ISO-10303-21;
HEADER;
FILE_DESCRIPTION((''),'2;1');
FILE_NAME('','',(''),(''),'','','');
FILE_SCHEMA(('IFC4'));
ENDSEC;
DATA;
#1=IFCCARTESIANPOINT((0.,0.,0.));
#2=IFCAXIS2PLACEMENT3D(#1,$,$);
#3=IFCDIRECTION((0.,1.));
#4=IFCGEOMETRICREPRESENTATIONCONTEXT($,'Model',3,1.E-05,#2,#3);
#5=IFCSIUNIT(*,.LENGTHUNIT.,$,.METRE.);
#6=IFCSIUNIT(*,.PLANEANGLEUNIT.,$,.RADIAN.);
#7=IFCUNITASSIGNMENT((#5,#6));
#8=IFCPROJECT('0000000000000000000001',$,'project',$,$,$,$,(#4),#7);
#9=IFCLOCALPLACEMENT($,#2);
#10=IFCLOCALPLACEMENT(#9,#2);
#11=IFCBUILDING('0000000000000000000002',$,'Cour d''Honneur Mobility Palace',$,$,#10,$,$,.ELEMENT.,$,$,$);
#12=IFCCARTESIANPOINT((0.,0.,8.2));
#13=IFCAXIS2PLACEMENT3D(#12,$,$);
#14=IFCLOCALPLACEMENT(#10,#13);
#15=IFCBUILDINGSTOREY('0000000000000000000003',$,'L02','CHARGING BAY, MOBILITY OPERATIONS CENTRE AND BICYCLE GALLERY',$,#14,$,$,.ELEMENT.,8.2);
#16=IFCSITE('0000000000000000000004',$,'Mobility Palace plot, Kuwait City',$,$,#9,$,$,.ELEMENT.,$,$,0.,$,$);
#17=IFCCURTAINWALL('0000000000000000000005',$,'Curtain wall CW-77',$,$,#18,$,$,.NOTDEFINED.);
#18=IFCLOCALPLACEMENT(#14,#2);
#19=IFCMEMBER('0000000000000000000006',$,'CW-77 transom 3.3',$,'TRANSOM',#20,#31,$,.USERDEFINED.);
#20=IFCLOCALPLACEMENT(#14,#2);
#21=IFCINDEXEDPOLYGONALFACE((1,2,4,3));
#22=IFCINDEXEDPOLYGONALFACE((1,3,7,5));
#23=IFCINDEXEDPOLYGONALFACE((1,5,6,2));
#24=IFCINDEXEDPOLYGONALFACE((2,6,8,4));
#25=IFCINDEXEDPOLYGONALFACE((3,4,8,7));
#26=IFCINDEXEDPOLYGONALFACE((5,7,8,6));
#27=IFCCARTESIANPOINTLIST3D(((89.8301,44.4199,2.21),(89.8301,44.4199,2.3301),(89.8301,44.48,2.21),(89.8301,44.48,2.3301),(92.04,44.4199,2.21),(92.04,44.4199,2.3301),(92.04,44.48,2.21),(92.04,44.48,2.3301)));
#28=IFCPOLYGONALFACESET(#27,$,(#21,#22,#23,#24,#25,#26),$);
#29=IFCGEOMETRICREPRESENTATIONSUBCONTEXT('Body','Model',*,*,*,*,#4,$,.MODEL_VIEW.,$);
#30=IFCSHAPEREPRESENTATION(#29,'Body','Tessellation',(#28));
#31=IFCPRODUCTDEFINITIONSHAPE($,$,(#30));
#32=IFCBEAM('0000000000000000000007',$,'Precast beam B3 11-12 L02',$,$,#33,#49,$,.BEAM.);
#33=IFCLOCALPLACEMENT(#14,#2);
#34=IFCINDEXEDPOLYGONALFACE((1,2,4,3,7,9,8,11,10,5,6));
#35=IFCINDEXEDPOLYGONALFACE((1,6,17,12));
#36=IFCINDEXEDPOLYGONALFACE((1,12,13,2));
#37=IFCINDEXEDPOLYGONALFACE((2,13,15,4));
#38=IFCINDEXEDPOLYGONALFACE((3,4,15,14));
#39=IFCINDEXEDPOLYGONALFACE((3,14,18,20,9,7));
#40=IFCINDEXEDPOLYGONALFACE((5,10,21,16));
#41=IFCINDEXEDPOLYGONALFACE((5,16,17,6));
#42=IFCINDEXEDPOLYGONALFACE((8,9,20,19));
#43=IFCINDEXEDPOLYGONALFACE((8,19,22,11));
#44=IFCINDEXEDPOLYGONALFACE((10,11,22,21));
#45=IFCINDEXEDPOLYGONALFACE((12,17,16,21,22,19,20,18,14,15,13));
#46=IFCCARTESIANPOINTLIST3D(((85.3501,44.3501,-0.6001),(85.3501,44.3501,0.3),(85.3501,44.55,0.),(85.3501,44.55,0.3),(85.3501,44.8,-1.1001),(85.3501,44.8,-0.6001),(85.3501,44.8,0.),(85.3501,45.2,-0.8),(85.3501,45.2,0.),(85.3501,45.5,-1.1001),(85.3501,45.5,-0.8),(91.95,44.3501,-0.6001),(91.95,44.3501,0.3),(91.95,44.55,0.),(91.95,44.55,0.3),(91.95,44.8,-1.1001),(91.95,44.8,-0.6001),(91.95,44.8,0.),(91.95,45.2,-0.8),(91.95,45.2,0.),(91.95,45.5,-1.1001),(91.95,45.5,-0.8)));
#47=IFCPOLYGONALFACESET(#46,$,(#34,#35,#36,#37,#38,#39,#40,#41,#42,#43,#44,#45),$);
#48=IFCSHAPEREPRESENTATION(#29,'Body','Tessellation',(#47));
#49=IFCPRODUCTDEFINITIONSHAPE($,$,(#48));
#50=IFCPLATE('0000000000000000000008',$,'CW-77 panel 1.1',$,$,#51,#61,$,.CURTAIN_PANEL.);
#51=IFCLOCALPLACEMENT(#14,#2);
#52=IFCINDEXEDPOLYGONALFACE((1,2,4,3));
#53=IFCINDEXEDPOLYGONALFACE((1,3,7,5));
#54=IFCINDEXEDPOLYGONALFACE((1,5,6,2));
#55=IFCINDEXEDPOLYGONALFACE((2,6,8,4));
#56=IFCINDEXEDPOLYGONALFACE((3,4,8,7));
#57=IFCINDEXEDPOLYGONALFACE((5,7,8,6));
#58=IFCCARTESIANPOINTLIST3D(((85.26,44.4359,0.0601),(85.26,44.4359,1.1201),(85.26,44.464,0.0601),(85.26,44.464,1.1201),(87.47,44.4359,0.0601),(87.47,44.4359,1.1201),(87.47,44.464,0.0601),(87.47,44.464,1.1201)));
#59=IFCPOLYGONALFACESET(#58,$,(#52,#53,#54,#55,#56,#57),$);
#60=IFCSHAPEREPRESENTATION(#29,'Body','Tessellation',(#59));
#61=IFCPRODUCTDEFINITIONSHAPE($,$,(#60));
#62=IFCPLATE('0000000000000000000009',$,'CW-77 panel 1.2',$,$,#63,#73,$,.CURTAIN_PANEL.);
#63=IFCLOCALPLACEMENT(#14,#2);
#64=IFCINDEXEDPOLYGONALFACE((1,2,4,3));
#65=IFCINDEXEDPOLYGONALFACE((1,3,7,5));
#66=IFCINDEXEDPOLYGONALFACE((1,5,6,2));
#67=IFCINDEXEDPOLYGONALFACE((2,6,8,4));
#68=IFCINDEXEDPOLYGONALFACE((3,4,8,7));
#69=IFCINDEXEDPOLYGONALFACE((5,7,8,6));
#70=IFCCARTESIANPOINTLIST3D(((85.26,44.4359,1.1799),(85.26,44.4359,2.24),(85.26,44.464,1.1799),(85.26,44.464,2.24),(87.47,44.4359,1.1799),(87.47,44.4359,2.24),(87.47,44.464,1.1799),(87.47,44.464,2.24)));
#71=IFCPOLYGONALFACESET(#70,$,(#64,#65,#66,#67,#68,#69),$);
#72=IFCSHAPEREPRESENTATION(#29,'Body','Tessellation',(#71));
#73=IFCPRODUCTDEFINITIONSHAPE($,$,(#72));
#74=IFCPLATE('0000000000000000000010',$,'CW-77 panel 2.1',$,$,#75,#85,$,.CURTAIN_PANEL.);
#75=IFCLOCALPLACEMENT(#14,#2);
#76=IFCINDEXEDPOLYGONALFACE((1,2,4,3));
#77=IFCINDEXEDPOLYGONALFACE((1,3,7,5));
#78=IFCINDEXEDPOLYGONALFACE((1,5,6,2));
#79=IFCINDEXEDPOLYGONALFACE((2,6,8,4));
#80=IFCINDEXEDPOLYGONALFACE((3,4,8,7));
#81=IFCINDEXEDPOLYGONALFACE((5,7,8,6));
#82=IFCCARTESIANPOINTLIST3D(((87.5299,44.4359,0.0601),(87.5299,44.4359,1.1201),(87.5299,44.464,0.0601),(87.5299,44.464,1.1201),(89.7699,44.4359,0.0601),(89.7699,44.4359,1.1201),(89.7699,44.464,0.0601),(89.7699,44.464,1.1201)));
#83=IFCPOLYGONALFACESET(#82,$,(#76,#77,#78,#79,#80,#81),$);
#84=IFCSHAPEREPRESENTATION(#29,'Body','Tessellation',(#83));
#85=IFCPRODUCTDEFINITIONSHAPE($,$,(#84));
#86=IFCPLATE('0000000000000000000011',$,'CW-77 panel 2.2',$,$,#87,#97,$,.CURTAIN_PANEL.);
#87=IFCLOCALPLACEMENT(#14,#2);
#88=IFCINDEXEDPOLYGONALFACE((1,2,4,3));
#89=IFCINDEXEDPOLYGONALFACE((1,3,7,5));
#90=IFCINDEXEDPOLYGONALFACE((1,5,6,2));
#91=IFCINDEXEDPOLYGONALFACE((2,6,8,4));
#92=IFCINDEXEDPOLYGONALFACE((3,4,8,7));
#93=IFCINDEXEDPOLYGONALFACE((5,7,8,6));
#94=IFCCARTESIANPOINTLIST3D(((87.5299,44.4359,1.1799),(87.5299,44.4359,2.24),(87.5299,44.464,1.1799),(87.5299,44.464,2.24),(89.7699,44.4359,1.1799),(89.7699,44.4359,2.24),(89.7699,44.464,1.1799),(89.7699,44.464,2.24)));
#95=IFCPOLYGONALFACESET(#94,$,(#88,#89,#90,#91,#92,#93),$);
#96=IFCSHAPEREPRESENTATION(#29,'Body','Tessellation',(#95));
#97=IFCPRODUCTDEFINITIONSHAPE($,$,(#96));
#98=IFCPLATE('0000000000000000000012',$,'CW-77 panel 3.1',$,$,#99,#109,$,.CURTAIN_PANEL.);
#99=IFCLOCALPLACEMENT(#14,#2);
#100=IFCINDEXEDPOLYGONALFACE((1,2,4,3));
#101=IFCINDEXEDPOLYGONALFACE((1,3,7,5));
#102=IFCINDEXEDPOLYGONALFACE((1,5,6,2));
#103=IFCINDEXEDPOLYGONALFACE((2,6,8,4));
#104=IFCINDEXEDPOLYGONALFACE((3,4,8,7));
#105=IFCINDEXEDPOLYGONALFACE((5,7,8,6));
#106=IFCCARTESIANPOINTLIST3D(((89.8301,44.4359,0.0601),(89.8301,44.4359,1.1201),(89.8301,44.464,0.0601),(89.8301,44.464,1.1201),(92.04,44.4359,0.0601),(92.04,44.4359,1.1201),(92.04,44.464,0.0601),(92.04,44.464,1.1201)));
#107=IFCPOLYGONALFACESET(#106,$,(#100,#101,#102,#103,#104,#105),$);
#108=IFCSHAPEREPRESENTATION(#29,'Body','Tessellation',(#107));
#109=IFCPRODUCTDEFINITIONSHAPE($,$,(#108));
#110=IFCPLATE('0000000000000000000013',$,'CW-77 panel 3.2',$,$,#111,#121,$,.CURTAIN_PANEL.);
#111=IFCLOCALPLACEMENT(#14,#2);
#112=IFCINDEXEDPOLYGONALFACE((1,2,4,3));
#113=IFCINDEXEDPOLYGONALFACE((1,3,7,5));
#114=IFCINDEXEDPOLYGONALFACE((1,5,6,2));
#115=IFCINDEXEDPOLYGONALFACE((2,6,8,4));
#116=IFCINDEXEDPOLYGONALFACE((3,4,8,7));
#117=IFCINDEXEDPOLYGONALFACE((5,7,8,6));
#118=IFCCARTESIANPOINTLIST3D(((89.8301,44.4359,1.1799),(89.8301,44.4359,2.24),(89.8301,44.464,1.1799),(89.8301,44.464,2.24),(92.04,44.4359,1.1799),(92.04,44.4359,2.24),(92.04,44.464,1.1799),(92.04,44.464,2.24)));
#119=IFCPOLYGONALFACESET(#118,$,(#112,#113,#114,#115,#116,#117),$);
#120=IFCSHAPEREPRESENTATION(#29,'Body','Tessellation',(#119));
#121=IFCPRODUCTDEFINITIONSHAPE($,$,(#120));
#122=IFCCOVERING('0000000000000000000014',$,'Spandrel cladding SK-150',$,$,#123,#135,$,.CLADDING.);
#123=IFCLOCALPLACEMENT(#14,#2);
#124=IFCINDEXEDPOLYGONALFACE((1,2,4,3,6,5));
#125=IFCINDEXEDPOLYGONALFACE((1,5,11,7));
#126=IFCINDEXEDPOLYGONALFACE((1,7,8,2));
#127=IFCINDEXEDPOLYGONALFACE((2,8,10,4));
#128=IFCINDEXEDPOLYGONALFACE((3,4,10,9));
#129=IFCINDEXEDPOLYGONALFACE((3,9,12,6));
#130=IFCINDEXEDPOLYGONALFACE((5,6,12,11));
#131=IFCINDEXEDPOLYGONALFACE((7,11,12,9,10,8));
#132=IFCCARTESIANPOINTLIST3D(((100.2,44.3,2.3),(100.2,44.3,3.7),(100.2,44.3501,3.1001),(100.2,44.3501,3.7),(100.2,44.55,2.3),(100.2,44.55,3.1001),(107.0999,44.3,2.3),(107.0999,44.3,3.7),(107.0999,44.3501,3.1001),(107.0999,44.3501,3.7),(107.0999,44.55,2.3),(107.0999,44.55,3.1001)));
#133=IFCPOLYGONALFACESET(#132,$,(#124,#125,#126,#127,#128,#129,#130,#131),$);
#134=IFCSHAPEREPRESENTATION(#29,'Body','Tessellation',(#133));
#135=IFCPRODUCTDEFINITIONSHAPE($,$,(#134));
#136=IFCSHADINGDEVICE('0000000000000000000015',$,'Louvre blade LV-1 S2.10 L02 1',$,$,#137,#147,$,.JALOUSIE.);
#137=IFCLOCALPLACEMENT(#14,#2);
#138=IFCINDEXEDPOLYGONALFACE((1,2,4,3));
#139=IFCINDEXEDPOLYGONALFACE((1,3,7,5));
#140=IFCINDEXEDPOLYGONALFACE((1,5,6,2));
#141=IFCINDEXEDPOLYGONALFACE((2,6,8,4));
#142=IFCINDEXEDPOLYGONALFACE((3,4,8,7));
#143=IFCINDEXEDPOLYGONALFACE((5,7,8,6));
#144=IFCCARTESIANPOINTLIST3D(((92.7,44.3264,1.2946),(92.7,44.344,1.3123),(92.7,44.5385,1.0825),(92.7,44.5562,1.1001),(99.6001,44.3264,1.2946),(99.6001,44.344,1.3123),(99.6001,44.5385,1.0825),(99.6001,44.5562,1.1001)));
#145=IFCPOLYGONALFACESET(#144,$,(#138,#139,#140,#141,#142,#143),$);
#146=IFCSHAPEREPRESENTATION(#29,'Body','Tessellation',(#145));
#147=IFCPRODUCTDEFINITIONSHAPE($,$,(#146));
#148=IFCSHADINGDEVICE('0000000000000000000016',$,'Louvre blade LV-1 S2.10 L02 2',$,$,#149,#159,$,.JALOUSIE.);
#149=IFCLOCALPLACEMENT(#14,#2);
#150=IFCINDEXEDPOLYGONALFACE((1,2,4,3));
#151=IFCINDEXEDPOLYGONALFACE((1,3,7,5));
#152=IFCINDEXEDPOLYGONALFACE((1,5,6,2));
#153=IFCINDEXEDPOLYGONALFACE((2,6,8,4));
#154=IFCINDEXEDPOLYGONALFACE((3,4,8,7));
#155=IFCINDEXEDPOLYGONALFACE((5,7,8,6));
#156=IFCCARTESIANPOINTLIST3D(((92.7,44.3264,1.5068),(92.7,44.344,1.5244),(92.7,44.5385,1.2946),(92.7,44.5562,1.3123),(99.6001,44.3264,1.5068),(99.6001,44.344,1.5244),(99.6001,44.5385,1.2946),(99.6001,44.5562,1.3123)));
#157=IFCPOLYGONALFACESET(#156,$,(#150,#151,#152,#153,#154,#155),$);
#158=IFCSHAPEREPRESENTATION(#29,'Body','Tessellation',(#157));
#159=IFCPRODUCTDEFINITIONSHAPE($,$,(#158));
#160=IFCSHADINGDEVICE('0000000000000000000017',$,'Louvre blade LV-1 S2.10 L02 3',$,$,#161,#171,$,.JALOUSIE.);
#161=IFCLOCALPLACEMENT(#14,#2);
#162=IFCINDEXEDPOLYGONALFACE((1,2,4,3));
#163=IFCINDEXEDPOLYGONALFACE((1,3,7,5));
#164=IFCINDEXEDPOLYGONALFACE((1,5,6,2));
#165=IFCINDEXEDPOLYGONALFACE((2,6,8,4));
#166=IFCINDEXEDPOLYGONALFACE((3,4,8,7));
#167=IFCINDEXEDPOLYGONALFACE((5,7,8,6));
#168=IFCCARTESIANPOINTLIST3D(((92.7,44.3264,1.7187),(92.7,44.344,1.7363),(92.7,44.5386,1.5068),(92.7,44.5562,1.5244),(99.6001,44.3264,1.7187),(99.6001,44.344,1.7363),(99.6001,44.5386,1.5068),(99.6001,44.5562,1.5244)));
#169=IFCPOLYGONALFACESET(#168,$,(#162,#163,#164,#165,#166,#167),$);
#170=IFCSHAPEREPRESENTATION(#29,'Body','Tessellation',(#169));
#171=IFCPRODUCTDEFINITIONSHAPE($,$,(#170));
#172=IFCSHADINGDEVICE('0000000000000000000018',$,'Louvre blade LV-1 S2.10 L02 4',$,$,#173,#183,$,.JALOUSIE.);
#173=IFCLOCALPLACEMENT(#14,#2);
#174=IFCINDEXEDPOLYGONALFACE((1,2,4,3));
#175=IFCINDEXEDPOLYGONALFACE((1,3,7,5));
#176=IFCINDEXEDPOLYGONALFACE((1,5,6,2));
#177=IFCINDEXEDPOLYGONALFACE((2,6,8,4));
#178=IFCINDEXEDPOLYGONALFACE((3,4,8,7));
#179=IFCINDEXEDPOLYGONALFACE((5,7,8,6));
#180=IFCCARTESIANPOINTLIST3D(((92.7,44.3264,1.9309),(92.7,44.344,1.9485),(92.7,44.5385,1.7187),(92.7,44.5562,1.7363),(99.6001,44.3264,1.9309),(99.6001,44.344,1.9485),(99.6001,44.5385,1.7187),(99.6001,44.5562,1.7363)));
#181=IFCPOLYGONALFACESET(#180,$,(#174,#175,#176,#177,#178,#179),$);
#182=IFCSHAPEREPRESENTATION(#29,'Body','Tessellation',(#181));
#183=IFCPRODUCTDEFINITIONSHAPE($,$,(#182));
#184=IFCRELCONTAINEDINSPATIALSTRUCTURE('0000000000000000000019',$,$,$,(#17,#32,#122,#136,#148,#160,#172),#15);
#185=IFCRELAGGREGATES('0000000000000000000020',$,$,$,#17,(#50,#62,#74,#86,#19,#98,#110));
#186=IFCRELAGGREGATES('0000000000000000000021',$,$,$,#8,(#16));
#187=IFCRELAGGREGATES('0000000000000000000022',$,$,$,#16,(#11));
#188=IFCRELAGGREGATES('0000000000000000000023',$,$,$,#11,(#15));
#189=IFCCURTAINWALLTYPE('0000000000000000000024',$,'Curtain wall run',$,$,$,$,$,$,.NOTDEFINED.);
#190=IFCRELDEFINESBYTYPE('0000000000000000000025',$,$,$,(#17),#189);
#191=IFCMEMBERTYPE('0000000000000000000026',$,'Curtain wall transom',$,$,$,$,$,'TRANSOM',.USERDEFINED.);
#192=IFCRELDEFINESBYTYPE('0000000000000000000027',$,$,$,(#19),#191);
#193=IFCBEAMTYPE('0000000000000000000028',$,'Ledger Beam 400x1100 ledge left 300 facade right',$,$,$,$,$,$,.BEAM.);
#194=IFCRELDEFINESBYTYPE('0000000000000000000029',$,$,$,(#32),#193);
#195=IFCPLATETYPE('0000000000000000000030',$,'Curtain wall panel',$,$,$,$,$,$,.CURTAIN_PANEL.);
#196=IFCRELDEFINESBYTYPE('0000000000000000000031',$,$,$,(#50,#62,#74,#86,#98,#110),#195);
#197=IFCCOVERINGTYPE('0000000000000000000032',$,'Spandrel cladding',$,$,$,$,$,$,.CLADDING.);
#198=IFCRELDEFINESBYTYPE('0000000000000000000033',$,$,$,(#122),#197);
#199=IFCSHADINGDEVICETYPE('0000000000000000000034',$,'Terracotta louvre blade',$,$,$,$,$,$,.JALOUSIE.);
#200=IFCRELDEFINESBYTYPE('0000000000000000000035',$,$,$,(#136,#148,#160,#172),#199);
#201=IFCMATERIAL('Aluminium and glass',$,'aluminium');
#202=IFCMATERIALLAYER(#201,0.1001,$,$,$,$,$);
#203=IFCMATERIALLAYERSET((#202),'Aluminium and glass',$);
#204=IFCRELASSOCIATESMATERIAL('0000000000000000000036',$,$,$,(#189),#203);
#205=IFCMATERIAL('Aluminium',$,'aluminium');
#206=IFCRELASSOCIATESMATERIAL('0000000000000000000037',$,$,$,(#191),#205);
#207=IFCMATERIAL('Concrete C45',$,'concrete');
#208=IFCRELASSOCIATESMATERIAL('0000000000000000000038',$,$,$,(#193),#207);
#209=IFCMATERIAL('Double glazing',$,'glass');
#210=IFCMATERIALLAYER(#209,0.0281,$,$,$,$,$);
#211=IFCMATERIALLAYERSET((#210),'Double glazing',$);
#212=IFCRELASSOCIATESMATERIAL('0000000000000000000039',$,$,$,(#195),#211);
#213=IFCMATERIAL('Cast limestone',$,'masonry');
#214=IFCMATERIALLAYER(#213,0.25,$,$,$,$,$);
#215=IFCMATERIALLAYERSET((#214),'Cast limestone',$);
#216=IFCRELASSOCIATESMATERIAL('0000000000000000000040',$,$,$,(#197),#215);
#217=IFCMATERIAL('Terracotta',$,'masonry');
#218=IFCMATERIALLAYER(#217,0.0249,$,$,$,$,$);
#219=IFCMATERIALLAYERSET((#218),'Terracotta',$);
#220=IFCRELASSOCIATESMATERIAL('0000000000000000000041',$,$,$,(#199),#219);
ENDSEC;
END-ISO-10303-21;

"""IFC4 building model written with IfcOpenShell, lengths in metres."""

from ifc_helpers import new_model, si_unit, direction, frame, origin, origin_2d, place, context, subcontext, project, spatial, polyline, rectangle, outline, extrude, material, layer, layer_set, material_profile, profile_set, type_object, element, aggregate, save


model = new_model("IFC4")

# Units and contexts
model_context = context("Model", 3, precision=1e-05, world=origin(), true_north=direction((0.0, 1.0)))
body_context = subcontext(model_context, "Body", "Model", "MODEL_VIEW")
ifc_project = project(units=[si_unit("LENGTHUNIT", "METRE"), si_unit("PLANEANGLEUNIT", "RADIAN")], contexts=[model_context])

# Site, building, storey
site_placement = place(None, origin())
site = spatial("IfcSite", under=ifc_project, at=site_placement, Name="Mobility Palace plot, Kuwait City", CompositionType="ELEMENT", RefElevation=0.0)
building_placement = place(site_placement, origin())
building = spatial("IfcBuilding", under=site, at=building_placement, Name="Cour d'Honneur Mobility Palace", CompositionType="ELEMENT")
storey_placement = place(building_placement, frame((0.0, 0.0, 8.2)))
storey = spatial("IfcBuildingStorey", under=building, at=storey_placement, Name="L02", Description="CHARGING BAY, MOBILITY OPERATIONS CENTRE AND BICYCLE GALLERY", CompositionType="ELEMENT", Elevation=8.2)

# Shared definitions
ifc_material_1 = material(Name="Aluminium and glass", Category="aluminium")
ifc_layer_1 = layer(ifc_material_1, 0.1001)
ifc_layer_set_1 = layer_set([ifc_layer_1], Name="Aluminium and glass")
curtain_wall_type = type_object("IfcCurtainWallType", Name="Curtain wall run", PredefinedType="NOTDEFINED", material=ifc_layer_set_1)

# Curtain wall, member
curtain_wall_1_placement = place(storey_placement, origin())
curtain_wall_1 = element("IfcCurtainWall", 1, at=curtain_wall_1_placement, inside=storey, type_object=curtain_wall_type, Name="Curtain wall CW-77", PredefinedType="NOTDEFINED")
ifc_material_2 = material(Name="Aluminium", Category="aluminium")
ifc_material_profile_1 = material_profile(ifc_material_2, rectangle(XDim=0.0601, YDim=0.1201, at=origin_2d()), Name="Curtain wall transom")
ifc_profile_set_1 = profile_set([ifc_material_profile_1], Name="Aluminium")
member_type_1 = type_object("IfcMemberType", Name="Curtain wall transom", ElementType="TRANSOM", PredefinedType="USERDEFINED", material=ifc_profile_set_1)
member_1_placement = place(storey_placement, frame((89.8301, 44.45, 2.27), z_axis=(1.0, 0.0, 0.0), x_axis=(0.0, 1.0, 0.0)))
member_1 = element("IfcMember", 2, at=member_1_placement, type_object=member_type_1, Name="CW-77 transom 3.3", ObjectType="TRANSOM", PredefinedType="USERDEFINED", context=body_context, shape_type="SweptSolid", body=[
    extrude(rectangle(XDim=0.0601, YDim=0.1201, at=origin_2d()), origin(), (0.0, 0.0, 1.0), 2.21),
])

# Beam
ifc_material_3 = material(Name="Concrete C45", Category="concrete")
ifc_material_profile_2 = material_profile(ifc_material_3, outline(polyline([(0.5, -1.1001), (0.5, -0.8), (0.2, -0.8), (0.2, 0.0), (-0.2, 0.0), (-0.45, 0.0), (-0.45, 0.3), (-0.6499, 0.3), (-0.6499, -0.6001), (-0.2, -0.6001), (-0.2, -1.1001), (0.5, -1.1001)])), Name="Ledger Beam 400x1100 ledge left 300 facade right")
ifc_profile_set_2 = profile_set([ifc_material_profile_2], Name="Concrete C45")
beam_type = type_object("IfcBeamType", Name="Ledger Beam 400x1100 ledge left 300 facade right", PredefinedType="BEAM", material=ifc_profile_set_2)
beam_placement = place(storey_placement, frame((85.3501, 45.0, 0.0), z_axis=(1.0, 0.0, 0.0), x_axis=(0.0, 1.0, 0.0)))
element("IfcBeam", 3, at=beam_placement, inside=storey, type_object=beam_type, Name="Precast beam B3 11-12 L02", PredefinedType="BEAM", context=body_context, shape_type="SweptSolid", body=[
    extrude(outline(polyline([(0.5, -1.1001), (0.5, -0.8), (0.2, -0.8), (0.2, 0.0), (-0.2, 0.0), (-0.45, 0.0), (-0.45, 0.3), (-0.6499, 0.3), (-0.6499, -0.6001), (-0.2, -0.6001), (-0.2, -1.1001), (0.5, -1.1001)])), origin(), (0.0, 0.0, 1.0), 6.5999),
])

# Plates
ifc_material_4 = material(Name="Double glazing", Category="glass")
ifc_layer_2 = layer(ifc_material_4, 0.0281)
ifc_layer_set_2 = layer_set([ifc_layer_2], Name="Double glazing")
plate_type = type_object("IfcPlateType", Name="Curtain wall panel", PredefinedType="CURTAIN_PANEL", material=ifc_layer_set_2)
plate_1_placement = place(storey_placement, frame((86.365, 44.45, 0.0601), z_axis=(0.0, 0.0, 1.0), x_axis=(1.0, 0.0, 0.0)))
plate_1 = element("IfcPlate", 4, at=plate_1_placement, type_object=plate_type, Name="CW-77 panel 1.1", PredefinedType="CURTAIN_PANEL", context=body_context, shape_type="SweptSolid", body=[
    extrude(rectangle(XDim=2.21, YDim=0.0281, at=origin_2d()), origin(), (0.0, 0.0, 1.0), 1.0601),
])
plate_2_placement = place(storey_placement, frame((86.365, 44.45, 1.1799), z_axis=(0.0, 0.0, 1.0), x_axis=(1.0, 0.0, 0.0)))
plate_2 = element("IfcPlate", 5, at=plate_2_placement, type_object=plate_type, Name="CW-77 panel 1.2", PredefinedType="CURTAIN_PANEL", context=body_context, shape_type="SweptSolid", body=[
    extrude(rectangle(XDim=2.21, YDim=0.0281, at=origin_2d()), origin(), (0.0, 0.0, 1.0), 1.0601),
])
plate_3_placement = place(storey_placement, frame((88.6499, 44.45, 0.0601), z_axis=(0.0, 0.0, 1.0), x_axis=(1.0, 0.0, 0.0)))
plate_3 = element("IfcPlate", 6, at=plate_3_placement, type_object=plate_type, Name="CW-77 panel 2.1", PredefinedType="CURTAIN_PANEL", context=body_context, shape_type="SweptSolid", body=[
    extrude(rectangle(XDim=2.24, YDim=0.0281, at=origin_2d()), origin(), (0.0, 0.0, 1.0), 1.0601),
])
plate_4_placement = place(storey_placement, frame((88.6499, 44.45, 1.1799), z_axis=(0.0, 0.0, 1.0), x_axis=(1.0, 0.0, 0.0)))
plate_4 = element("IfcPlate", 7, at=plate_4_placement, type_object=plate_type, Name="CW-77 panel 2.2", PredefinedType="CURTAIN_PANEL", context=body_context, shape_type="SweptSolid", body=[
    extrude(rectangle(XDim=2.24, YDim=0.0281, at=origin_2d()), origin(), (0.0, 0.0, 1.0), 1.0601),
])
plate_5_placement = place(storey_placement, frame((90.9351, 44.45, 0.0601), z_axis=(0.0, 0.0, 1.0), x_axis=(1.0, 0.0, 0.0)))
plate_5 = element("IfcPlate", 8, at=plate_5_placement, type_object=plate_type, Name="CW-77 panel 3.1", PredefinedType="CURTAIN_PANEL", context=body_context, shape_type="SweptSolid", body=[
    extrude(rectangle(XDim=2.21, YDim=0.0281, at=origin_2d()), origin(), (0.0, 0.0, 1.0), 1.0601),
])
plate_6_placement = place(storey_placement, frame((90.9351, 44.45, 1.1799), z_axis=(0.0, 0.0, 1.0), x_axis=(1.0, 0.0, 0.0)))
plate_6 = element("IfcPlate", 9, at=plate_6_placement, type_object=plate_type, Name="CW-77 panel 3.2", PredefinedType="CURTAIN_PANEL", context=body_context, shape_type="SweptSolid", body=[
    extrude(rectangle(XDim=2.21, YDim=0.0281, at=origin_2d()), origin(), (0.0, 0.0, 1.0), 1.0601),
])
aggregate(curtain_wall_1, [plate_1, plate_2, plate_3, plate_4, member_1, plate_5, plate_6])

# Covering
ifc_material_5 = material(Name="Cast limestone", Category="masonry")
ifc_layer_3 = layer(ifc_material_5, 0.25)
ifc_layer_set_3 = layer_set([ifc_layer_3], Name="Cast limestone")
covering_type = type_object("IfcCoveringType", Name="Spandrel cladding", PredefinedType="CLADDING", material=ifc_layer_set_3)
covering_placement = place(storey_placement, frame((100.2, 44.55, 2.3), z_axis=(-1.0, 0.0, 0.0), x_axis=(0.0, -1.0, 0.0)))
element("IfcCovering", 10, at=covering_placement, inside=storey, type_object=covering_type, Name="Spandrel cladding SK-150", PredefinedType="CLADDING", context=body_context, shape_type="SweptSolid", body=[
    extrude(outline(polyline([(0.0, 0.0), (0.25, 0.0), (0.25, 1.3999), (0.2, 1.3999), (0.2, 0.8), (0.0, 0.8), (0.0, 0.0)])), origin(), (0.0, 0.0, -1.0), 6.8999),
])

# Shading devices
ifc_material_6 = material(Name="Terracotta", Category="masonry")
ifc_layer_4 = layer(ifc_material_6, 0.0249)
ifc_layer_set_4 = layer_set([ifc_layer_4], Name="Terracotta")
shading_device_type = type_object("IfcShadingDeviceType", Name="Terracotta louvre blade", PredefinedType="JALOUSIE", material=ifc_layer_set_4)
for number, where, z_axis, x_axis, name in (
    (11, (92.7, 44.5562, 1.1001), (0.0, 0.707107, 0.707107), (1.0, 0.0, 0.0), "Louvre blade LV-1 S2.10 L02 1"),
    (12, (92.7, 44.5562, 1.3123), (0.0, 0.707107, 0.707107), (1.0, 0.0, 0.0), "Louvre blade LV-1 S2.10 L02 2"),
):
    element("IfcShadingDevice", number, at=place(storey_placement, frame(where, z_axis=z_axis, x_axis=x_axis)), inside=storey, type_object=shading_device_type, Name=name, PredefinedType="JALOUSIE", context=body_context, shape_type="SweptSolid", body=[
        extrude(outline(polyline([(0.0, 0.0), (6.9001, 0.0), (6.9001, -0.3), (0.0, -0.3), (0.0, 0.0)])), origin(), (0.0, 0.0, -1.0), 0.0249),
    ])
shading_device_1_placement = place(storey_placement, frame((92.7, 44.5562, 1.5244), z_axis=(0.0, 0.7067, 0.707514), x_axis=(1.0, 0.0, 0.0)))
element("IfcShadingDevice", 13, at=shading_device_1_placement, inside=storey, type_object=shading_device_type, Name="Louvre blade LV-1 S2.10 L02 3", PredefinedType="JALOUSIE", context=body_context, shape_type="SweptSolid", body=[
    extrude(outline(polyline([(0.0, 0.0), (6.9001, 0.0), (6.9001, -0.2999), (0.0, -0.2999), (0.0, 0.0)])), origin(), (0.0, 0.0, -1.0), 0.0249),
])
for number, where, z_axis, x_axis, name in (
    (14, (92.7, 44.5562, 1.7363), (0.0, 0.707107, 0.707107), (1.0, 0.0, 0.0), "Louvre blade LV-1 S2.10 L02 4"),
):
    element("IfcShadingDevice", number, at=place(storey_placement, frame(where, z_axis=z_axis, x_axis=x_axis)), inside=storey, type_object=shading_device_type, Name=name, PredefinedType="JALOUSIE", context=body_context, shape_type="SweptSolid", body=[
        extrude(outline(polyline([(0.0, 0.0), (6.9001, 0.0), (6.9001, -0.3), (0.0, -0.3), (0.0, 0.0)])), origin(), (0.0, 0.0, -1.0), 0.0249),
    ])

save(model, "model.ifc")
